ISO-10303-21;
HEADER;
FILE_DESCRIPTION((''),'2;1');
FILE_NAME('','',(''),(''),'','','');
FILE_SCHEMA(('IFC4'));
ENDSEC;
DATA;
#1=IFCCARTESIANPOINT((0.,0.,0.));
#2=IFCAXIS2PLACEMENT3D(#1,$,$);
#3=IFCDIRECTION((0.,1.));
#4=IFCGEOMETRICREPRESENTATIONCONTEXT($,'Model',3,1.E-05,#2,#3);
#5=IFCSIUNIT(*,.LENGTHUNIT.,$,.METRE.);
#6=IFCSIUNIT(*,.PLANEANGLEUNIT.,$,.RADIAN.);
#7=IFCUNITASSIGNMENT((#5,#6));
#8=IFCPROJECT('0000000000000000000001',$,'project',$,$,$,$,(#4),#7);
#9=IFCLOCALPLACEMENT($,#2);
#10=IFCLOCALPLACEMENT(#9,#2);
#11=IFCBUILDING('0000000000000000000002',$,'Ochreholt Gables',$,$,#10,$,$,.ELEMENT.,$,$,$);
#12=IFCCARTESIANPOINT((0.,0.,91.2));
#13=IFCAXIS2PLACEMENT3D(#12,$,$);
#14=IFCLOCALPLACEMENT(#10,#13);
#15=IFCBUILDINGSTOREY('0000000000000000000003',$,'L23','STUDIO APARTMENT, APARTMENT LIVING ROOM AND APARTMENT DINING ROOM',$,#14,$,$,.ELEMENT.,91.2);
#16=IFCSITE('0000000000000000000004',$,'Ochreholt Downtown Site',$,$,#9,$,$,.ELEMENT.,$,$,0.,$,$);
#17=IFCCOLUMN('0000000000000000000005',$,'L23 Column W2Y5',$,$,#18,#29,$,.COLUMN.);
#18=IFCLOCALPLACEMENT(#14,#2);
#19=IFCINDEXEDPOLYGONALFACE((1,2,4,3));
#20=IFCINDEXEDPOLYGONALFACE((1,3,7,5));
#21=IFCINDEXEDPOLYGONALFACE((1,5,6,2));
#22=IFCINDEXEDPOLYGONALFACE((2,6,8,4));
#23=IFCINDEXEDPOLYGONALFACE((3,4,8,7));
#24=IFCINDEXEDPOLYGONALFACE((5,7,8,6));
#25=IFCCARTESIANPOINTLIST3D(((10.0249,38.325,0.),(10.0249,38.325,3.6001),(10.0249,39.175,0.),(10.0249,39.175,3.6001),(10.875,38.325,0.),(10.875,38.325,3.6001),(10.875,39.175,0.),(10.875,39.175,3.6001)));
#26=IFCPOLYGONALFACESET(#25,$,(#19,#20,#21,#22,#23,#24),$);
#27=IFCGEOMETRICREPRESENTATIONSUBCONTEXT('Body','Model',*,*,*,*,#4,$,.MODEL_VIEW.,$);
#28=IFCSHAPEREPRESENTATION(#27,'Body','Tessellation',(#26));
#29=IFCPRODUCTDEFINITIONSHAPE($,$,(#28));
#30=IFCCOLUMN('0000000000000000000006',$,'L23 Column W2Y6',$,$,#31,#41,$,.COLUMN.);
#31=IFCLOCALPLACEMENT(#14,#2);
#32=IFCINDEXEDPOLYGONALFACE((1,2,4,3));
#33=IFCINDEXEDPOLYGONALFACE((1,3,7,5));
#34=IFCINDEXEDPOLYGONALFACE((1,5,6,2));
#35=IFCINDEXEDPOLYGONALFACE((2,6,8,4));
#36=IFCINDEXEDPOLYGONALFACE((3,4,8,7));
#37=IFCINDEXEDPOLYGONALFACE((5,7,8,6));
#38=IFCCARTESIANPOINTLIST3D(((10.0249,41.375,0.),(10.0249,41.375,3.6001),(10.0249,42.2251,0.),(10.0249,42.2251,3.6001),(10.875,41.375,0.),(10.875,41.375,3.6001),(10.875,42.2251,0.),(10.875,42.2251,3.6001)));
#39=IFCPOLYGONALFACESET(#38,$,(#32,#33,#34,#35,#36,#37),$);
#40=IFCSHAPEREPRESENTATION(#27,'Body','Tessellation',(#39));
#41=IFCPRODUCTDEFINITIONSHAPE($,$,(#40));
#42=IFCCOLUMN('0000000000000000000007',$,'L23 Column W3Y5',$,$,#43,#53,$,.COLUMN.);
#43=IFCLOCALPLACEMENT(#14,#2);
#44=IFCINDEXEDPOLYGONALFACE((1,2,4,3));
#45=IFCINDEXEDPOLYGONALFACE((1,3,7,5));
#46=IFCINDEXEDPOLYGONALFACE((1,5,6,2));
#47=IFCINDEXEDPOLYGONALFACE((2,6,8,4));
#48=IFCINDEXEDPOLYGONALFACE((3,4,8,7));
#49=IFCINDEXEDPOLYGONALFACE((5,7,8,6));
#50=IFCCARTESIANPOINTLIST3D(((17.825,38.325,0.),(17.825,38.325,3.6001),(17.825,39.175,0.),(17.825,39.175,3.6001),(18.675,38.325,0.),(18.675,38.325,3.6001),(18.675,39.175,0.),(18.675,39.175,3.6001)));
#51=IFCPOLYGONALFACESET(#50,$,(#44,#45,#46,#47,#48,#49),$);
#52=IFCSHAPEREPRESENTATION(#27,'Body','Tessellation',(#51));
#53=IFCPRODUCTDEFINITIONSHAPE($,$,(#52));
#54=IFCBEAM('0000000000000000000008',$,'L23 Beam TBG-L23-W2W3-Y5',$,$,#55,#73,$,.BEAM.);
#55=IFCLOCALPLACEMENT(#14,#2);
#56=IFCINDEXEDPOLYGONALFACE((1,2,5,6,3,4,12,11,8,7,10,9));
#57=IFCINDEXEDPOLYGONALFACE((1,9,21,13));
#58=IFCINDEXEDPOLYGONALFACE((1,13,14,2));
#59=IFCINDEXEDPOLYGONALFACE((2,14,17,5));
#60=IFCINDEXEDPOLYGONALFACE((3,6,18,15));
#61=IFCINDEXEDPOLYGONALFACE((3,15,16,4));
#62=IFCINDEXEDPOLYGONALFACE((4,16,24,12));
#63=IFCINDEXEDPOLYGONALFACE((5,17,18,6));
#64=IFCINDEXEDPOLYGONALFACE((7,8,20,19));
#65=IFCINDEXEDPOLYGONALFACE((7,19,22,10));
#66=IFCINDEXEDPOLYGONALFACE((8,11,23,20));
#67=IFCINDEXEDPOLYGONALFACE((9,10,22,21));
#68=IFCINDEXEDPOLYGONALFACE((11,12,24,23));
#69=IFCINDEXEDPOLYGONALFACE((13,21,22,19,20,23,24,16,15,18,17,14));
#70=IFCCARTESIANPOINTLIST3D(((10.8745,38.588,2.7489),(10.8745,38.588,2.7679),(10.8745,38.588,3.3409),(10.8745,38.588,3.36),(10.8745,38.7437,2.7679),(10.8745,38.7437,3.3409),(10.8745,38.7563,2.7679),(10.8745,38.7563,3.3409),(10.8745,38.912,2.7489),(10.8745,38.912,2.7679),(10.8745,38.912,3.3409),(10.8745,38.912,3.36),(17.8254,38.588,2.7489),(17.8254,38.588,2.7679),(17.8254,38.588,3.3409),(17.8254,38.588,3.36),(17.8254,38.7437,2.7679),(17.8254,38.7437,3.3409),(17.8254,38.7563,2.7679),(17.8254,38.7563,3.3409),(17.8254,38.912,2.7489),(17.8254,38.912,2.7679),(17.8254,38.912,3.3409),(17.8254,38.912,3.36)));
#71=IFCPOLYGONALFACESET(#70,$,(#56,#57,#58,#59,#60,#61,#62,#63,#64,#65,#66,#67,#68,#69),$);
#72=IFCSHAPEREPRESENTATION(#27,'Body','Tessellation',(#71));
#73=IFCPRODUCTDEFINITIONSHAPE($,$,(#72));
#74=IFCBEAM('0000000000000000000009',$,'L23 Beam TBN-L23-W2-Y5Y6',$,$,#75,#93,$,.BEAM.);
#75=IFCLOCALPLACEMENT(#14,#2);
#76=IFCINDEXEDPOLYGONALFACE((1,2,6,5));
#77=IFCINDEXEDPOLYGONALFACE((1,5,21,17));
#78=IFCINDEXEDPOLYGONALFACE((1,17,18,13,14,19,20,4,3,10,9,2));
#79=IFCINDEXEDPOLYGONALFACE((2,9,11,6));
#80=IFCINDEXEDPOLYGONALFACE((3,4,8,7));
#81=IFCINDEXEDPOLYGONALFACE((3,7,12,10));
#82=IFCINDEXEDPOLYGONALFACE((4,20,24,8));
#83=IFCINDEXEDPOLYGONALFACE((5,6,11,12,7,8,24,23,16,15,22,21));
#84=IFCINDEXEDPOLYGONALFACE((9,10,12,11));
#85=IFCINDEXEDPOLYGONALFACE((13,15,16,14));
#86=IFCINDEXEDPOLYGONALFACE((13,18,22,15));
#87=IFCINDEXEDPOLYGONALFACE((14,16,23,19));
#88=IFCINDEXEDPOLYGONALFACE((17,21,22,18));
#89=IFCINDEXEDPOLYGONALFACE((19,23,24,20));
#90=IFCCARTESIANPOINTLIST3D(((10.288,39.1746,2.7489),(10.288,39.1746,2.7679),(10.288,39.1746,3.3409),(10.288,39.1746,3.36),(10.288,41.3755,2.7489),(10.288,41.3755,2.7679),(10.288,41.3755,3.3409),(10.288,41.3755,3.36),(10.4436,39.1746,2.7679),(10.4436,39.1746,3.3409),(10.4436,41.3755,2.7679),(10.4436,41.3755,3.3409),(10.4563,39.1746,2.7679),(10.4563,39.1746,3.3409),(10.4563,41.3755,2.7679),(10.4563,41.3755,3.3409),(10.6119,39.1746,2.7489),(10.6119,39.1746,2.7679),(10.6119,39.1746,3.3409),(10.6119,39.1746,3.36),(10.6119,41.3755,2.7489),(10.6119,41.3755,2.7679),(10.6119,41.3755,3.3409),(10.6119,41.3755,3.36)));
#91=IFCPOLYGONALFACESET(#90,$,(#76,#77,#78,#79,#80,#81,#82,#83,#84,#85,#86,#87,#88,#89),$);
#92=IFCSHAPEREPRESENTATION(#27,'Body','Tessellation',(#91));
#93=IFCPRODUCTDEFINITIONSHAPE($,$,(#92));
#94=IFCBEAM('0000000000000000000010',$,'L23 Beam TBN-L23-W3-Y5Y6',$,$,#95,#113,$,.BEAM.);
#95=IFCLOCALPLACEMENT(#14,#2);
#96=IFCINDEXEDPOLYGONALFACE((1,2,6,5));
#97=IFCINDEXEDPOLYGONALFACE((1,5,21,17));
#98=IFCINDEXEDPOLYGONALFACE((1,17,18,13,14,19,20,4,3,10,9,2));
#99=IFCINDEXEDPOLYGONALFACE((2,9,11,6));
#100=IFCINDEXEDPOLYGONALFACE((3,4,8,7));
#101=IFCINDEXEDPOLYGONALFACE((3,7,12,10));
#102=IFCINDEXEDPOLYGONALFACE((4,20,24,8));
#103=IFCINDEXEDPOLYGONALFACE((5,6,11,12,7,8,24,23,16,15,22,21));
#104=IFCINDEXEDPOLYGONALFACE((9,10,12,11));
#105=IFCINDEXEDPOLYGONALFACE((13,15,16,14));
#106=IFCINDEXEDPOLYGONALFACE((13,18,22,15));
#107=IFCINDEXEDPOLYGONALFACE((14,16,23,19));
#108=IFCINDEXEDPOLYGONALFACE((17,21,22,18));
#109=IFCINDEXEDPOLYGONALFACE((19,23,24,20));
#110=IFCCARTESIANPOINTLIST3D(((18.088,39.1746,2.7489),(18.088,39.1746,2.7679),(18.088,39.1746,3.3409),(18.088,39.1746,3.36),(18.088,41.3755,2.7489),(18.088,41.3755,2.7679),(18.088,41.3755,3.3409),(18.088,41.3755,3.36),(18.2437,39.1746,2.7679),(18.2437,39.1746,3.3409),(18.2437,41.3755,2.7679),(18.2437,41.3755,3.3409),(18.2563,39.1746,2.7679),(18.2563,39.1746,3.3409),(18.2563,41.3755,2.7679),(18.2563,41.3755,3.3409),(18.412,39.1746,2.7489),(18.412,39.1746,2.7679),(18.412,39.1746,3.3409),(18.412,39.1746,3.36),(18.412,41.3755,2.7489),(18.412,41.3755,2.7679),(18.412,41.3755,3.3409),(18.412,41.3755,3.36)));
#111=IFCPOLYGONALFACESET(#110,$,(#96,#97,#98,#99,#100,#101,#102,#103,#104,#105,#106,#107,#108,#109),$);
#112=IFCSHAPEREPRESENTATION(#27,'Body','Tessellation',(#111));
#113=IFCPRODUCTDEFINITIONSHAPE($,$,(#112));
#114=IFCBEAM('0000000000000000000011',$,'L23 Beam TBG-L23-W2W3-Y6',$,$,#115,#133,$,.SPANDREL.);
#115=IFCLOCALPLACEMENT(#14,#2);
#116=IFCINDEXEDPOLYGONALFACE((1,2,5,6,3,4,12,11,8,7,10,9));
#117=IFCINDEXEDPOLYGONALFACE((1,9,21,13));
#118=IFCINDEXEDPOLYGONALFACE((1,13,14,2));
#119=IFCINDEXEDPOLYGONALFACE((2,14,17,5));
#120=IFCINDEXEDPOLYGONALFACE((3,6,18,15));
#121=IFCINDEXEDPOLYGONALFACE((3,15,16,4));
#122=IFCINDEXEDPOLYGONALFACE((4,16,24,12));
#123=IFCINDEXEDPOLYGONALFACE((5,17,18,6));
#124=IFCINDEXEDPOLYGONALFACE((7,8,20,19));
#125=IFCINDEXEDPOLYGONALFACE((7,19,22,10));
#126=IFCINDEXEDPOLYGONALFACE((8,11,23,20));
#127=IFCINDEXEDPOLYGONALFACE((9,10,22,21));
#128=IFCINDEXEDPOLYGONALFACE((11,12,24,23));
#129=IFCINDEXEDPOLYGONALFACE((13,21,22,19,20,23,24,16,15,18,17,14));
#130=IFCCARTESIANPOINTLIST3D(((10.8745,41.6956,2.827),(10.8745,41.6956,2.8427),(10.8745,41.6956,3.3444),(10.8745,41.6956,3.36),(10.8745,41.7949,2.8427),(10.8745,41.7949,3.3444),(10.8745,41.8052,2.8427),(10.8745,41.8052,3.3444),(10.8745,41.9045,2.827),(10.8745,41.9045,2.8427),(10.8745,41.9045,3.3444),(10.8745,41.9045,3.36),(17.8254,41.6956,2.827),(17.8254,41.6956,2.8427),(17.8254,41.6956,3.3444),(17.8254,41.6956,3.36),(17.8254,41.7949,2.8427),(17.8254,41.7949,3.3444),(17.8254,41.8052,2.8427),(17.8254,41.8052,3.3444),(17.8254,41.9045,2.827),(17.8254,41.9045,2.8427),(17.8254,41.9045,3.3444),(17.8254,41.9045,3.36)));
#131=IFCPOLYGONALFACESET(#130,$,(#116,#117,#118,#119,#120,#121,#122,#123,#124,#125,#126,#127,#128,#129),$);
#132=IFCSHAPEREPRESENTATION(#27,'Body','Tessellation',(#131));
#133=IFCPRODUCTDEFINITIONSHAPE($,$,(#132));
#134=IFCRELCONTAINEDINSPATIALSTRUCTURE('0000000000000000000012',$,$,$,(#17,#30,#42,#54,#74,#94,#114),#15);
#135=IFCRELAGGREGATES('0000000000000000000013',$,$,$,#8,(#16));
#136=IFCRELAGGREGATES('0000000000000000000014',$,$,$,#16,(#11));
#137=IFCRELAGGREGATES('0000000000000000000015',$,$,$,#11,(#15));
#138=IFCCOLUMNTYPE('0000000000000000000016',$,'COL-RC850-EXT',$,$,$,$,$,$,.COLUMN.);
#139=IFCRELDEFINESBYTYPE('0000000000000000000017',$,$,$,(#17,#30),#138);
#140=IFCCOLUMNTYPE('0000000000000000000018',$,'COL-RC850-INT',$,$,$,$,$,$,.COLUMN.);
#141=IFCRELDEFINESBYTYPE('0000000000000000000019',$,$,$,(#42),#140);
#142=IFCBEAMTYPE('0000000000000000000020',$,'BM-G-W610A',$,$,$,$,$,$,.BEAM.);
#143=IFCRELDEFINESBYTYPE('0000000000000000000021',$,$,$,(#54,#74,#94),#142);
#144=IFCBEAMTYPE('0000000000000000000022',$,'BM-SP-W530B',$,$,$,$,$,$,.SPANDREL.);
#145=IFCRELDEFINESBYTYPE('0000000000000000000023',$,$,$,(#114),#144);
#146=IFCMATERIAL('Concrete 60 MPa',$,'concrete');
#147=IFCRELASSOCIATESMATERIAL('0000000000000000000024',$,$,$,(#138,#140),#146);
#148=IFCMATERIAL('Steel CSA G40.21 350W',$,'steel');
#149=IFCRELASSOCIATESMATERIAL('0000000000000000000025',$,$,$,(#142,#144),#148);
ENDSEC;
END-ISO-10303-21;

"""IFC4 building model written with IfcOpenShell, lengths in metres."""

from ifc_helpers import new_model, si_unit, direction, frame, origin, origin_2d, place, context, subcontext, project, spatial, rectangle, i_section, extrude, material, material_profile, profile_set, type_object, element, save


model = new_model("IFC4")

# Units and contexts
model_context = context("Model", 3, precision=1e-05, world=origin(), true_north=direction((0.0, 1.0)))
body_context = subcontext(model_context, "Body", "Model", "MODEL_VIEW")
ifc_project = project(units=[si_unit("LENGTHUNIT", "METRE"), si_unit("PLANEANGLEUNIT", "RADIAN")], contexts=[model_context])

# Site, building, storey
site_placement = place(None, origin())
site = spatial("IfcSite", under=ifc_project, at=site_placement, Name="Ochreholt Downtown Site", CompositionType="ELEMENT", RefElevation=0.0)
building_placement = place(site_placement, origin())
building = spatial("IfcBuilding", under=site, at=building_placement, Name="Ochreholt Gables", CompositionType="ELEMENT")
storey_placement = place(building_placement, frame((0.0, 0.0, 91.2)))
storey = spatial("IfcBuildingStorey", under=building, at=storey_placement, Name="L23", Description="STUDIO APARTMENT, APARTMENT LIVING ROOM AND APARTMENT DINING ROOM", CompositionType="ELEMENT", Elevation=91.2)

# Columns
ifc_material_1 = material(Name="Concrete 60 MPa", Category="concrete")
ifc_material_profile_1 = material_profile(ifc_material_1, rectangle(XDim=0.8501, YDim=0.8501, at=origin_2d()), Name="RC850X850")
ifc_profile_set_1 = profile_set([ifc_material_profile_1], Name="Concrete 60 MPa")
column_type_1 = type_object("IfcColumnType", Name="COL-RC850-EXT", PredefinedType="COLUMN", material=ifc_profile_set_1)
for number, where, z_axis, x_axis, name in (
    (1, (10.45, 38.75, 0.0), (0.0, 0.0, 1.0), (1.0, 0.0, 0.0), "L23 Column W2Y5"),
    (2, (10.45, 41.8, 0.0), (0.0, 0.0, 1.0), (1.0, 0.0, 0.0), "L23 Column W2Y6"),
):
    element("IfcColumn", number, at=place(storey_placement, frame(where, z_axis=z_axis, x_axis=x_axis)), inside=storey, type_object=column_type_1, Name=name, PredefinedType="COLUMN", context=body_context, shape_type="SweptSolid", body=[
        extrude(rectangle(XDim=0.8501, YDim=0.8501, at=origin_2d()), origin(), (0.0, 0.0, 1.0), 3.6001),
    ])
ifc_material_profile_2 = material_profile(ifc_material_1, rectangle(XDim=0.8501, YDim=0.8501, at=origin_2d()), Name="RC850X850")
ifc_profile_set_2 = profile_set([ifc_material_profile_2], Name="Concrete 60 MPa")
column_type_2 = type_object("IfcColumnType", Name="COL-RC850-INT", PredefinedType="COLUMN", material=ifc_profile_set_2)
column_placement = place(storey_placement, frame((18.25, 38.75, 0.0), z_axis=(0.0, 0.0, 1.0), x_axis=(1.0, 0.0, 0.0)))
element("IfcColumn", 3, at=column_placement, inside=storey, type_object=column_type_2, Name="L23 Column W3Y5", PredefinedType="COLUMN", context=body_context, shape_type="SweptSolid", body=[
    extrude(rectangle(XDim=0.8501, YDim=0.8501, at=origin_2d()), origin(), (0.0, 0.0, 1.0), 3.6001),
])

# Beams
ifc_material_2 = material(Name="Steel CSA G40.21 350W", Category="steel")
ifc_material_profile_3 = material_profile(ifc_material_2, i_section(OverallWidth=0.324, OverallDepth=0.6111, WebThickness=0.0127, FlangeThickness=0.019, at=origin_2d()), Name="W610X155")
ifc_profile_set_3 = profile_set([ifc_material_profile_3], Name="Steel CSA G40.21 350W")
beam_type_1 = type_object("IfcBeamType", Name="BM-G-W610A", PredefinedType="BEAM", material=ifc_profile_set_3)
beam_1_placement = place(storey_placement, frame((10.8745, 38.75, 3.0544), z_axis=(1.0, 0.0, 0.0), x_axis=(0.0, 1.0, 0.0)))
element("IfcBeam", 4, at=beam_1_placement, inside=storey, type_object=beam_type_1, Name="L23 Beam TBG-L23-W2W3-Y5", PredefinedType="BEAM", context=body_context, shape_type="SweptSolid", body=[
    extrude(i_section(OverallWidth=0.324, OverallDepth=0.6111, WebThickness=0.0127, FlangeThickness=0.019, at=origin_2d()), origin(), (0.0, 0.0, 1.0), 6.9509),
])
for number, where, z_axis, x_axis, name in (
    (5, (10.45, 39.1746, 3.0544), (0.0, 1.0, 0.0), (-1.0, 0.0, 0.0), "L23 Beam TBN-L23-W2-Y5Y6"),
    (6, (18.25, 39.1746, 3.0544), (0.0, 1.0, 0.0), (-1.0, 0.0, 0.0), "L23 Beam TBN-L23-W3-Y5Y6"),
):
    element("IfcBeam", number, at=place(storey_placement, frame(where, z_axis=z_axis, x_axis=x_axis)), inside=storey, type_object=beam_type_1, Name=name, PredefinedType="BEAM", context=body_context, shape_type="SweptSolid", body=[
        extrude(i_section(OverallWidth=0.324, OverallDepth=0.6111, WebThickness=0.0127, FlangeThickness=0.019, at=origin_2d()), origin(), (0.0, 0.0, 1.0), 2.2009),
    ])
ifc_material_profile_4 = material_profile(ifc_material_2, i_section(OverallWidth=0.209, OverallDepth=0.533, WebThickness=0.0103, FlangeThickness=0.0156, at=origin_2d()), Name="W530X92")
ifc_profile_set_4 = profile_set([ifc_material_profile_4], Name="Steel CSA G40.21 350W")
beam_type_2 = type_object("IfcBeamType", Name="BM-SP-W530B", PredefinedType="SPANDREL", material=ifc_profile_set_4)
beam_2_placement = place(storey_placement, frame((10.8745, 41.8, 3.0935), z_axis=(1.0, 0.0, 0.0), x_axis=(0.0, 1.0, 0.0)))
element("IfcBeam", 7, at=beam_2_placement, inside=storey, type_object=beam_type_2, Name="L23 Beam TBG-L23-W2W3-Y6", PredefinedType="SPANDREL", context=body_context, shape_type="SweptSolid", body=[
    extrude(i_section(OverallWidth=0.209, OverallDepth=0.533, WebThickness=0.0103, FlangeThickness=0.0156, at=origin_2d()), origin(), (0.0, 0.0, 1.0), 6.9509),
])

save(model, "model.ifc")
